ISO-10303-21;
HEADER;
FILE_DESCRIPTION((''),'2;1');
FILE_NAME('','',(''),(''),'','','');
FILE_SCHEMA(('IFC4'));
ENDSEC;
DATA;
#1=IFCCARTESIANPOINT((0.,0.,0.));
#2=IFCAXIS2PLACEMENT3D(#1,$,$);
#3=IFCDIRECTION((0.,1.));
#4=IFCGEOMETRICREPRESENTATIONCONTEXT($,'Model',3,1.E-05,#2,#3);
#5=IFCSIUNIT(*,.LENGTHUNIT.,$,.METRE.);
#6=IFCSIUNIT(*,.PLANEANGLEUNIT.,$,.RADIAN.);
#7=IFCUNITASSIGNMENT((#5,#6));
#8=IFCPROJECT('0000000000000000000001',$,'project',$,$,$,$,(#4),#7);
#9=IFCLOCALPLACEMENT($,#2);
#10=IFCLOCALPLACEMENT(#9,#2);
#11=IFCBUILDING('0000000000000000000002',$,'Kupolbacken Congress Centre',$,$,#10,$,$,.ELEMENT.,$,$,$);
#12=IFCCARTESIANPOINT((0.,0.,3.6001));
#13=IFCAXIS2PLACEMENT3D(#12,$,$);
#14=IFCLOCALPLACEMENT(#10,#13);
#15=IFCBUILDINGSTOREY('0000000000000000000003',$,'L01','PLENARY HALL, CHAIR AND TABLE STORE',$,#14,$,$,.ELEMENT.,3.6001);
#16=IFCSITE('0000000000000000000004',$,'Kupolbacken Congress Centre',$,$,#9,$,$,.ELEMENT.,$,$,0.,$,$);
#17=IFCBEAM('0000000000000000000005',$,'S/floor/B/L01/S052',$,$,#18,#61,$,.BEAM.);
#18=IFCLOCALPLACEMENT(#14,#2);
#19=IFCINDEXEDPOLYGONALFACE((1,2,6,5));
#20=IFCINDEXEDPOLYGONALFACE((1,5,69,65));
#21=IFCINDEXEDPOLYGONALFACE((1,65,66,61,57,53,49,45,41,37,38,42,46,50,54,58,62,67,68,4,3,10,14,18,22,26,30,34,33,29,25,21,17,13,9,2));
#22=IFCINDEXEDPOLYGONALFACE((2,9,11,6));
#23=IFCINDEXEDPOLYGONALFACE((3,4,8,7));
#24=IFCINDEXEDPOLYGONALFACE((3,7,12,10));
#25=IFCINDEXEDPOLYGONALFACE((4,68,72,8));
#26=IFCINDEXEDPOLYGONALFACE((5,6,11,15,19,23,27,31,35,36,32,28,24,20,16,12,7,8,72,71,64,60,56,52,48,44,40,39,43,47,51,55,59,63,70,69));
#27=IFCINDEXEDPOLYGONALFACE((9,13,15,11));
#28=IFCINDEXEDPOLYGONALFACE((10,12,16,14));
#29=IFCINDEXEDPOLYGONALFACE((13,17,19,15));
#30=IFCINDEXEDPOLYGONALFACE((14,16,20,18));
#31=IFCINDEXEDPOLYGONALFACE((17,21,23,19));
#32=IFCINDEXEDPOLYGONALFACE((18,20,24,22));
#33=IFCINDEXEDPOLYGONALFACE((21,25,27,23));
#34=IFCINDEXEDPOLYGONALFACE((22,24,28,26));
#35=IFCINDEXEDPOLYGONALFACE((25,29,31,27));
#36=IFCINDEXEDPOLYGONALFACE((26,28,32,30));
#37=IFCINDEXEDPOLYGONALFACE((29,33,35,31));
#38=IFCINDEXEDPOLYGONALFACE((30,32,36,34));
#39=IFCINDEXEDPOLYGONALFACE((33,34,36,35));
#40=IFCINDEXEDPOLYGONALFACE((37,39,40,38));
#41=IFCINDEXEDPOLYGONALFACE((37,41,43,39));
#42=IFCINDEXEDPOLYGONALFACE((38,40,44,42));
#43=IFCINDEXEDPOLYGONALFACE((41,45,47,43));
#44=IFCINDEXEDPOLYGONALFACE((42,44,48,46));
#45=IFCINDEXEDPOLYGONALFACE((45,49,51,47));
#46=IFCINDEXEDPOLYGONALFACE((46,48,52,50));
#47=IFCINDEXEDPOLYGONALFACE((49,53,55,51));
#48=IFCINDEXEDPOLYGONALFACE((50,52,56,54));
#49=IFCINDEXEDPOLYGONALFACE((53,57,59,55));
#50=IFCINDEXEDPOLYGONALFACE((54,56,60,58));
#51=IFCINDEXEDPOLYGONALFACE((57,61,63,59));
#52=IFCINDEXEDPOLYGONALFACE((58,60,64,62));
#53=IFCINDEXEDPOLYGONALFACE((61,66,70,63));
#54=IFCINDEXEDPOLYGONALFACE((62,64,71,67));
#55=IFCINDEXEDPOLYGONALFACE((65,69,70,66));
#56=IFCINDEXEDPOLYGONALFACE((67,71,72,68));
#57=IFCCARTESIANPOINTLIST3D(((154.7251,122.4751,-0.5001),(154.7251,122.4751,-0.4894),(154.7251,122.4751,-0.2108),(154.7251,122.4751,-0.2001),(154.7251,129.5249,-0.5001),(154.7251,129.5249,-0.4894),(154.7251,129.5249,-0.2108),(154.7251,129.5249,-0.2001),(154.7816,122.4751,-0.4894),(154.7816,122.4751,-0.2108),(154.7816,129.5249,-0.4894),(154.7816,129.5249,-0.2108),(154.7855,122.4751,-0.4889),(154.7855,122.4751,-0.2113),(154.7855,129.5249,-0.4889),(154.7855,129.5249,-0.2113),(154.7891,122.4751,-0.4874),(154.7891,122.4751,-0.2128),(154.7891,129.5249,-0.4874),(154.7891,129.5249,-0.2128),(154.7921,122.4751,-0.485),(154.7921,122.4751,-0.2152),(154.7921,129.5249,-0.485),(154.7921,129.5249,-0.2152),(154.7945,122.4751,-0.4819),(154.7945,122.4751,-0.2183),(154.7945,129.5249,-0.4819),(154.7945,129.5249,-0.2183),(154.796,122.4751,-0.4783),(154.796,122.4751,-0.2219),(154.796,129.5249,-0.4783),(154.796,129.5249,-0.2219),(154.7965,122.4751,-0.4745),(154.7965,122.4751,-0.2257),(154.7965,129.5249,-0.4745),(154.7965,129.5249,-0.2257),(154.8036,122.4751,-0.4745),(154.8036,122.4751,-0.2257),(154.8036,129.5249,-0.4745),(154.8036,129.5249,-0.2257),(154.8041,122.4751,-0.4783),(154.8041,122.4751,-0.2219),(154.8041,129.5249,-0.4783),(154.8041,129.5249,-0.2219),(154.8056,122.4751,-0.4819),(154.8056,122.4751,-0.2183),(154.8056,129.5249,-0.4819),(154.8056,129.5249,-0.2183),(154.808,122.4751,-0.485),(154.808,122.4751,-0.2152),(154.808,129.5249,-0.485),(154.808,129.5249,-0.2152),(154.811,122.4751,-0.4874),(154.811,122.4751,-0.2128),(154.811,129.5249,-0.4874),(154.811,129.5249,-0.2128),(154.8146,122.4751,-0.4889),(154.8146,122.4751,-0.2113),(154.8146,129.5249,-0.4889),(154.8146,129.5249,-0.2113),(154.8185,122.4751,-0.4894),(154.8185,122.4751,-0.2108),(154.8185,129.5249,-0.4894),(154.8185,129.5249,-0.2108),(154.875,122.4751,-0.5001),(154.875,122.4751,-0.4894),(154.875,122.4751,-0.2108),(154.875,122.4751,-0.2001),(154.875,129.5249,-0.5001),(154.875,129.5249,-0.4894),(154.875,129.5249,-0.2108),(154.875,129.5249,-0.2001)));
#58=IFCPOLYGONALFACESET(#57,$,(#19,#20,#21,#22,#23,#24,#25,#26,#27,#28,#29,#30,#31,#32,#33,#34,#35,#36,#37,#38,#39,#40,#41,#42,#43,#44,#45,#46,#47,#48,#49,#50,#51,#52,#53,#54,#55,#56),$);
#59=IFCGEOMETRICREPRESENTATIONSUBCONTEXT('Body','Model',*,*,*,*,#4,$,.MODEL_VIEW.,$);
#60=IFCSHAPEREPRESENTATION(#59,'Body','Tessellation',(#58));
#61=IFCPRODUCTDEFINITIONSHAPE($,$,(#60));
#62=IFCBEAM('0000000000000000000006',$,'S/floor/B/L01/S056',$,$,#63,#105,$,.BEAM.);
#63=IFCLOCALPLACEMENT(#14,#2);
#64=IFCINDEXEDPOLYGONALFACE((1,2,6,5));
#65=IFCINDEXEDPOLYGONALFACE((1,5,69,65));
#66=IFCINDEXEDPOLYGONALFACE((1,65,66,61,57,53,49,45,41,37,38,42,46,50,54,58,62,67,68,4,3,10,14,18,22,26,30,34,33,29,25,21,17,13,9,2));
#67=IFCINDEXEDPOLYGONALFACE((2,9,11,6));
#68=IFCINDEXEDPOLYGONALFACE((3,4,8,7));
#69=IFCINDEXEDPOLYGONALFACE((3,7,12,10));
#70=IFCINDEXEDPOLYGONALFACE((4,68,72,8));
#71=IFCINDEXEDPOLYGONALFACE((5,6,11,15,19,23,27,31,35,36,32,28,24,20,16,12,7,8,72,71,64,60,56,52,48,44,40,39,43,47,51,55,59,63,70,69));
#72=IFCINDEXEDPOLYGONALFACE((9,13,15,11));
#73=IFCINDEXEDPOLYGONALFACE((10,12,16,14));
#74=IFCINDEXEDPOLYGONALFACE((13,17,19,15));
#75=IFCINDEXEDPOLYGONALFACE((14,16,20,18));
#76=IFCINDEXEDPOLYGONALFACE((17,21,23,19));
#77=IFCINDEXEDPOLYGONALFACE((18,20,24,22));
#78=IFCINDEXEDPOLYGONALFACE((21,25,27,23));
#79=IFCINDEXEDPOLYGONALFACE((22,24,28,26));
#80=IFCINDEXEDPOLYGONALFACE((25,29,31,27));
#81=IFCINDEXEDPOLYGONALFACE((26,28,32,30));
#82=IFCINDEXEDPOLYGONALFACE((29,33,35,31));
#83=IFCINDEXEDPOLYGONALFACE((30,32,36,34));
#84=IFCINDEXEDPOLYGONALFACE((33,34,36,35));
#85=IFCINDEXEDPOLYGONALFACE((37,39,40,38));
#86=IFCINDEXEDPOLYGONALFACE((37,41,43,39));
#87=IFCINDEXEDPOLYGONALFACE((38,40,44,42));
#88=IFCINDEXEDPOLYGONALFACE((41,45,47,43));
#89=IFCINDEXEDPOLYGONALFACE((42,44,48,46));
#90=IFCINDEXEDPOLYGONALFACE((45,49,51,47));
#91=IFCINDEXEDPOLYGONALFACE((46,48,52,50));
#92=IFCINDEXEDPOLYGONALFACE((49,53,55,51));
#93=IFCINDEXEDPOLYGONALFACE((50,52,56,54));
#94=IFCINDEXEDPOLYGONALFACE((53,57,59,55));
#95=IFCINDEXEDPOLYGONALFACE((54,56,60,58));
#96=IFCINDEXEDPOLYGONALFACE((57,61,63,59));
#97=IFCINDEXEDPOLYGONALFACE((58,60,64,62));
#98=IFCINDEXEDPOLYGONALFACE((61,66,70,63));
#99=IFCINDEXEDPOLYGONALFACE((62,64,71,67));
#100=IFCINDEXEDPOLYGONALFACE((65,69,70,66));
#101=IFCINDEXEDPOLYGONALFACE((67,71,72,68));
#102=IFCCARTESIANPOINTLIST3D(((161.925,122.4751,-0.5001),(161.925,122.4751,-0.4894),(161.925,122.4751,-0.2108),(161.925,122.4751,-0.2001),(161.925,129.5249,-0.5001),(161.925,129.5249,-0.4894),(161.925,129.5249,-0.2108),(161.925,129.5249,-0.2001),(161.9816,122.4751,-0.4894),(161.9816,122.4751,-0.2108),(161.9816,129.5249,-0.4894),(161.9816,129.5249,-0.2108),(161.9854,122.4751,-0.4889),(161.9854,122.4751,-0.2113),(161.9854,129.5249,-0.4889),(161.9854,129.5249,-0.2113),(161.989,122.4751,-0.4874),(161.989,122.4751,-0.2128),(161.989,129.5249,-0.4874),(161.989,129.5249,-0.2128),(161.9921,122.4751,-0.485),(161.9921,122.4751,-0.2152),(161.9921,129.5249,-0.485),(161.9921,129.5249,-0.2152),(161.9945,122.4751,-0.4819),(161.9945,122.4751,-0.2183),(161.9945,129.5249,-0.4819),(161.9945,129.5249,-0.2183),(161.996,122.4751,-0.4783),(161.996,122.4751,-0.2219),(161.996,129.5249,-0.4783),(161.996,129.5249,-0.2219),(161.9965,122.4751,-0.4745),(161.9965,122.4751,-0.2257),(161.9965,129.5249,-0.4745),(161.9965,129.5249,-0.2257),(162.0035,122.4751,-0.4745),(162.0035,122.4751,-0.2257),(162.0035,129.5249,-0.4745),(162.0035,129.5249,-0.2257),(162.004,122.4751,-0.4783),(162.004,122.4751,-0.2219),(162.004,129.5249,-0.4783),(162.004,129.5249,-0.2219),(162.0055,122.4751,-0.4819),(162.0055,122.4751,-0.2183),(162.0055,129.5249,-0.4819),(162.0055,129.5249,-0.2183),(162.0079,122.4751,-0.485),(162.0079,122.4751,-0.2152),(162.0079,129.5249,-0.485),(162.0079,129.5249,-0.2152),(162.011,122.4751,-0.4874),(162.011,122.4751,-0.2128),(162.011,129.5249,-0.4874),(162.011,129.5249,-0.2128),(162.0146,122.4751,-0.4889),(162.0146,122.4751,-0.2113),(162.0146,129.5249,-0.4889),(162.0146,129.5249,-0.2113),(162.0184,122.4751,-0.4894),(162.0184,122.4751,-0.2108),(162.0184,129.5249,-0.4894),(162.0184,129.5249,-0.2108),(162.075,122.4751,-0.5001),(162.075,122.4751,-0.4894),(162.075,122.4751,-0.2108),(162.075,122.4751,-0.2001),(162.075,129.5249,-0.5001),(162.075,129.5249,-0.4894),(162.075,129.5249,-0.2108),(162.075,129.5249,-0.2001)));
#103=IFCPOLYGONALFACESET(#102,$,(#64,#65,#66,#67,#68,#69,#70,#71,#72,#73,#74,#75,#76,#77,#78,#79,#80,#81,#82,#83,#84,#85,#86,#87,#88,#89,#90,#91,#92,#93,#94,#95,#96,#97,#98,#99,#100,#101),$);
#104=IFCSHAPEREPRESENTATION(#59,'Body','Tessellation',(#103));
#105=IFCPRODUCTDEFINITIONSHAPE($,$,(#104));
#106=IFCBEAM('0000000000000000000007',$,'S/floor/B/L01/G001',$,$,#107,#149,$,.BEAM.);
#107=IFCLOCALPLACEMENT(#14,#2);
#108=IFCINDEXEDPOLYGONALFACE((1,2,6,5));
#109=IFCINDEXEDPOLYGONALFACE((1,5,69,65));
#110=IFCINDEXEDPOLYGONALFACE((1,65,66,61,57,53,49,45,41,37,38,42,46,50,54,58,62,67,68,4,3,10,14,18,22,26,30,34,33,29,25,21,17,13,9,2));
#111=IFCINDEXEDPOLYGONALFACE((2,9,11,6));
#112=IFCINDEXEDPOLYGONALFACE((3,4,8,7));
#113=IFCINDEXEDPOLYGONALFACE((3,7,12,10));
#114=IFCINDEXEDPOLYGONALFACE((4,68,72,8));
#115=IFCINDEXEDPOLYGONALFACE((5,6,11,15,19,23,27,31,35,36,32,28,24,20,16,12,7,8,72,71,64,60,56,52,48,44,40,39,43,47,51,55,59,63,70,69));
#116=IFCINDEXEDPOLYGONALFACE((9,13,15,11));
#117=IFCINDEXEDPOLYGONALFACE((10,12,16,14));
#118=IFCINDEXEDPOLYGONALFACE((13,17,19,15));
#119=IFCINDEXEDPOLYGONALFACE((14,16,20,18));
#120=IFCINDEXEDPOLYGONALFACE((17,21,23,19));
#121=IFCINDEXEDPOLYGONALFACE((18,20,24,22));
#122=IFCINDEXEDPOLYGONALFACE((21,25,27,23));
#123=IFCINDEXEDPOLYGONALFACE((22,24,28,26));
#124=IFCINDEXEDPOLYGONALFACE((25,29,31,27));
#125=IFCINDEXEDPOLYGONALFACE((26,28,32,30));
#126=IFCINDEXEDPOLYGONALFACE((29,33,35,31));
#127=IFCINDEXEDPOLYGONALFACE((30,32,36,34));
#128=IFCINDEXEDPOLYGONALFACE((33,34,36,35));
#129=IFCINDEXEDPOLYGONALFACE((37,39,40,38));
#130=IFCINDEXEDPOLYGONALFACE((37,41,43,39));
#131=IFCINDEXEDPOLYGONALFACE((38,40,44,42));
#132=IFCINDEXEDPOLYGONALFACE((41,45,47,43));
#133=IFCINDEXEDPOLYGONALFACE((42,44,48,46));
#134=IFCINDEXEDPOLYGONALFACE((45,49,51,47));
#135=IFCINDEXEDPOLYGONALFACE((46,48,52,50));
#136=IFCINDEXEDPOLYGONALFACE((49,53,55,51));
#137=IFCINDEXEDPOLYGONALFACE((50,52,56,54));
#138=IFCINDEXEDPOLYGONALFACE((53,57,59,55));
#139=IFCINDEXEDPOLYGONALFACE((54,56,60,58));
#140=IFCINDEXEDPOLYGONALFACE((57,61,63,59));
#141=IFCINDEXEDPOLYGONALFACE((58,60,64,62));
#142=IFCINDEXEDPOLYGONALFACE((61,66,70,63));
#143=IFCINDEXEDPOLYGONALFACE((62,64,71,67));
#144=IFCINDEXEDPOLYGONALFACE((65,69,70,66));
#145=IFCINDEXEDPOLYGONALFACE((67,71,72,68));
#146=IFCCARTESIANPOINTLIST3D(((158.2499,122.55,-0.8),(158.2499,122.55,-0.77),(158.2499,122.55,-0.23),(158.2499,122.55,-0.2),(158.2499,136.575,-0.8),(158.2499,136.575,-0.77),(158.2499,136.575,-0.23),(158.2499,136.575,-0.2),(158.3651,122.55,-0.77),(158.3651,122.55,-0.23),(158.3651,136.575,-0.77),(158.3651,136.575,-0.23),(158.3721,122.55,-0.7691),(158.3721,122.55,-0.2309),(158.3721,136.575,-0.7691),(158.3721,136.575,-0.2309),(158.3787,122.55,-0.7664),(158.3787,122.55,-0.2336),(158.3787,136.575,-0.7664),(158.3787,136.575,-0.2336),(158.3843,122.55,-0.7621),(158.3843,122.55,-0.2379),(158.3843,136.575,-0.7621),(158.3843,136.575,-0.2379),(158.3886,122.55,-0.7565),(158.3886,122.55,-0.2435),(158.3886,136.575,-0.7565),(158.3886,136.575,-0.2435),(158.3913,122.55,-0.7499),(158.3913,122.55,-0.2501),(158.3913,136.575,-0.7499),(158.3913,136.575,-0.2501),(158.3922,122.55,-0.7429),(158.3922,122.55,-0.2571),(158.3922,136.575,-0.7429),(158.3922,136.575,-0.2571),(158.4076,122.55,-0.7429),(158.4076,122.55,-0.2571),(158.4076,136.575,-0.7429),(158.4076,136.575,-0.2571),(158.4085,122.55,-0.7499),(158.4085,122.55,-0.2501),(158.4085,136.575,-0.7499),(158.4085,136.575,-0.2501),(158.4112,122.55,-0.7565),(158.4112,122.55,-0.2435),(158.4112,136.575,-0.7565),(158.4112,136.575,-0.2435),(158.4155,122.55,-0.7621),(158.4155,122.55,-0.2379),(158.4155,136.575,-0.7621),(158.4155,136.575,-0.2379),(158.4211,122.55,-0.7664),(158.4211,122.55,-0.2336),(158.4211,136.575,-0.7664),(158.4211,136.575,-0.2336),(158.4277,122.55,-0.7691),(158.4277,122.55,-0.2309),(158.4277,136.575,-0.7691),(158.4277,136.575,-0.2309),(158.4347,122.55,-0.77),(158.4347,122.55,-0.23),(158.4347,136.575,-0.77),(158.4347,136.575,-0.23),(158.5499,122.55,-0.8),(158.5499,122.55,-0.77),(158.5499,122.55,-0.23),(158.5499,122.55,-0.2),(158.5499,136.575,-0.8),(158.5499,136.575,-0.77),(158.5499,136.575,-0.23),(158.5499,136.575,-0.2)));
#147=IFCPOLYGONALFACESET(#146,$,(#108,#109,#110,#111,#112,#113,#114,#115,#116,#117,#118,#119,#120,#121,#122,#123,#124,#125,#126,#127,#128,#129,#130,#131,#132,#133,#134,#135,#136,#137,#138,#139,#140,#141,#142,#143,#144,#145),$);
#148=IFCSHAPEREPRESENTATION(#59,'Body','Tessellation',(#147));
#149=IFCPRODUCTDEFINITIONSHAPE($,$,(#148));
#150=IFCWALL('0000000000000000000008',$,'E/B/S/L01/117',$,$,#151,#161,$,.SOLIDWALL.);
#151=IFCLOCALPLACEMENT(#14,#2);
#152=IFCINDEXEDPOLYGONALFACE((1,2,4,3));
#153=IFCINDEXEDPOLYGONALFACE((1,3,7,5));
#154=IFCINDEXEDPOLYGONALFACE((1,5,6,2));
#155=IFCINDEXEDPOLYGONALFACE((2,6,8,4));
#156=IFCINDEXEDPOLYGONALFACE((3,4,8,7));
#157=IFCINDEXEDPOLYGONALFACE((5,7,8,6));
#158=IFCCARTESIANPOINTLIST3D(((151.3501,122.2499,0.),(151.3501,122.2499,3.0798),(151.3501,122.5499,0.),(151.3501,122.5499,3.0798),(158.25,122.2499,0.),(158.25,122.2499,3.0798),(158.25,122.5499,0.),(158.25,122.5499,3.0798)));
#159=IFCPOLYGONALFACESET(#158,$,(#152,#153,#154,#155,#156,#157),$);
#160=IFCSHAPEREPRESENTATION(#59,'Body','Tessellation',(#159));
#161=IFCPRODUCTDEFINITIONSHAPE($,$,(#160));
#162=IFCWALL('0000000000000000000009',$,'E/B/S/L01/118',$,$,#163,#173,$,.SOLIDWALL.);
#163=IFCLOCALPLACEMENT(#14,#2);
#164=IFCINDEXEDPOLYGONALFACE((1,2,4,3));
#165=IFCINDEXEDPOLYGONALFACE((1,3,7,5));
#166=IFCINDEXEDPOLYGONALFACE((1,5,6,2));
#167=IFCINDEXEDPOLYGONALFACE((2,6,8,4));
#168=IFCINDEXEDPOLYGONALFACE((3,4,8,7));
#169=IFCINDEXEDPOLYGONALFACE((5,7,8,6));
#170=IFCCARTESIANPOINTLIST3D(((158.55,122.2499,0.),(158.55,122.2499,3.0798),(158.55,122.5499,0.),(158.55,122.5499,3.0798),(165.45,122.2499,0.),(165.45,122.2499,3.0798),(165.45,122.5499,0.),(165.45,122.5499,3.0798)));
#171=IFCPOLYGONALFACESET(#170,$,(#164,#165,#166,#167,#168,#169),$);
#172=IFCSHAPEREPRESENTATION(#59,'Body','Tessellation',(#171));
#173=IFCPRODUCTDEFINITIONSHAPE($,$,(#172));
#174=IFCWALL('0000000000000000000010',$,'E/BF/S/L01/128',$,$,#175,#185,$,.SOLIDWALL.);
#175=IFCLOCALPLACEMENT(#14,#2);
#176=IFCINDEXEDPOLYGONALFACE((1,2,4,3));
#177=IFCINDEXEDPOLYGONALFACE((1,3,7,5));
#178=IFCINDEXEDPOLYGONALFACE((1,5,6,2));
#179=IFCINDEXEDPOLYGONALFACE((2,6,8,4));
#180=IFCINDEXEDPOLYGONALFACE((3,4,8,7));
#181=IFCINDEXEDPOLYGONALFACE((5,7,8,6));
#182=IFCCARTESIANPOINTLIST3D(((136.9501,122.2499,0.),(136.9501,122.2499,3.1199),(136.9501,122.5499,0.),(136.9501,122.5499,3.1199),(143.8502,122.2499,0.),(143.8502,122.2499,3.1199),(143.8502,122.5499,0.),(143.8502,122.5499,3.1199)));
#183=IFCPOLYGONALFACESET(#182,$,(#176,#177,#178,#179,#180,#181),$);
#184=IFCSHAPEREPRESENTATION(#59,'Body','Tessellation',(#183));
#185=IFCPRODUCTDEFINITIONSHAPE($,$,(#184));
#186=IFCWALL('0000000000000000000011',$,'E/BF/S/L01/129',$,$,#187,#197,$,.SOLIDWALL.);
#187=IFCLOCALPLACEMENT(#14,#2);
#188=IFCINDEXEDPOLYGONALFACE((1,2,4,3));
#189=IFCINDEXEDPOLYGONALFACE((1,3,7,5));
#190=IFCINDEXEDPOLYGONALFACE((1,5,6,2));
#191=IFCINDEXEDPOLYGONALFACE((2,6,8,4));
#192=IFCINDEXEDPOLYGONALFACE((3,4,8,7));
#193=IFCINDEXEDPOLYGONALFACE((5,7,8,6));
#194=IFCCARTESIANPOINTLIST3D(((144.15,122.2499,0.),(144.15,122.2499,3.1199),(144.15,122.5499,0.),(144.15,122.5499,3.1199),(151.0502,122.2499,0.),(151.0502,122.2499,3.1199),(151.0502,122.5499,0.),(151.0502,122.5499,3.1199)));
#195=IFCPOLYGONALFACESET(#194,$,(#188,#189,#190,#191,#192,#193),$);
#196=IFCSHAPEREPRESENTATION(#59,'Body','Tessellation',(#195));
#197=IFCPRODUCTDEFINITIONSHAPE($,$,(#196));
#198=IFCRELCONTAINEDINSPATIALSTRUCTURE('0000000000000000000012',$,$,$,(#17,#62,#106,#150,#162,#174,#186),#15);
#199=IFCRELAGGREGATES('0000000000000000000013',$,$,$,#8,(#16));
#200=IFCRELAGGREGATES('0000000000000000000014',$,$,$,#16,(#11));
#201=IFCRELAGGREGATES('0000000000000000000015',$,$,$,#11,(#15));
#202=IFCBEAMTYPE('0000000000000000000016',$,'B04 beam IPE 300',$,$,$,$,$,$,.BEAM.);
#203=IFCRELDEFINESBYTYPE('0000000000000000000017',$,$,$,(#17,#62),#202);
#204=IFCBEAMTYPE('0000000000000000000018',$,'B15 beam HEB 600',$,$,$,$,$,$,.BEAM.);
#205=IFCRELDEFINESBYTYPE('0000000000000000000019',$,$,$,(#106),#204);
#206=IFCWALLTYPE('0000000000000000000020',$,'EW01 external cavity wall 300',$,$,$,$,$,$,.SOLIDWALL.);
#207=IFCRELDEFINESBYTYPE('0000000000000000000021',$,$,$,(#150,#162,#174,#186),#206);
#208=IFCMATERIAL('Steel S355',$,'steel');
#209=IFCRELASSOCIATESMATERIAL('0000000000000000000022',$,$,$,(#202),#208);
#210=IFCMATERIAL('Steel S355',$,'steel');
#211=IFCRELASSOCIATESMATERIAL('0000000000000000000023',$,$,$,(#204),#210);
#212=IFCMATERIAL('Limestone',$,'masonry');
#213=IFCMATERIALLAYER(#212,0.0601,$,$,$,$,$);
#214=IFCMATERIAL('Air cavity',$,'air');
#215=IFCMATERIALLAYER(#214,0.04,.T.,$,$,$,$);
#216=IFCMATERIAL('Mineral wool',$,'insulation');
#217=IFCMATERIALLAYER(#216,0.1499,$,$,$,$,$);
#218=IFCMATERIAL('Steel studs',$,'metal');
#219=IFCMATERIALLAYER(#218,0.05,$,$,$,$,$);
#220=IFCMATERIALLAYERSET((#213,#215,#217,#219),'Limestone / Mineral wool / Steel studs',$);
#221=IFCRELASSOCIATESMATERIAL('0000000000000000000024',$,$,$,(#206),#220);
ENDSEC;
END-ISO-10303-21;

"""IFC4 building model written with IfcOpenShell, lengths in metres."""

from ifc_helpers import new_model, si_unit, direction, frame, frame_2d, origin, origin_2d, place, context, subcontext, project, spatial, rectangle, i_section, extrude, material, layer, layer_set, material_profile, profile_set, type_object, element, save


model = new_model("IFC4")

# Units and contexts
model_context = context("Model", 3, precision=1e-05, world=origin(), true_north=direction((0.0, 1.0)))
body_context = subcontext(model_context, "Body", "Model", "MODEL_VIEW")
ifc_project = project(units=[si_unit("LENGTHUNIT", "METRE"), si_unit("PLANEANGLEUNIT", "RADIAN")], contexts=[model_context])

# Site, building, storey
site_placement = place(None, origin())
site = spatial("IfcSite", under=ifc_project, at=site_placement, Name="Kupolbacken Congress Centre", CompositionType="ELEMENT", RefElevation=0.0)
building_placement = place(site_placement, origin())
building = spatial("IfcBuilding", under=site, at=building_placement, Name="Kupolbacken Congress Centre", CompositionType="ELEMENT")
storey_placement = place(building_placement, frame((0.0, 0.0, 3.6001)))
storey = spatial("IfcBuildingStorey", under=building, at=storey_placement, Name="L01", Description="PLENARY HALL, CHAIR AND TABLE STORE", CompositionType="ELEMENT", Elevation=3.6001)

# Beams
ifc_material_1 = material(Name="Steel S355", Category="steel")
ifc_material_profile_1 = material_profile(ifc_material_1, i_section(OverallWidth=0.1499, OverallDepth=0.3, WebThickness=0.0071, FlangeThickness=0.0107, FilletRadius=0.0149, at=origin_2d()), Name="IPE 300")
ifc_profile_set_1 = profile_set([ifc_material_profile_1], Name="Steel S355")
beam_type_1 = type_object("IfcBeamType", Name="B04 beam IPE 300", PredefinedType="BEAM", material=ifc_profile_set_1)
for number, where, z_axis, x_axis, name in (
    (1, (154.8, 122.4751, -0.3501), (0.0, 1.0, 0.0), (-1.0, 0.0, 0.0), "S/floor/B/L01/S052"),
    (2, (162.0, 122.4751, -0.3501), (0.0, 1.0, 0.0), (-1.0, 0.0, 0.0), "S/floor/B/L01/S056"),
):
    element("IfcBeam", number, at=place(storey_placement, frame(where, z_axis=z_axis, x_axis=x_axis)), inside=storey, type_object=beam_type_1, Name=name, PredefinedType="BEAM", context=body_context, shape_type="SweptSolid", body=[
        extrude(i_section(OverallWidth=0.1499, OverallDepth=0.3, WebThickness=0.0071, FlangeThickness=0.0107, FilletRadius=0.0149, at=origin_2d()), origin(), (0.0, 0.0, 1.0), 7.0498),
    ])
ifc_material_2 = material(Name="Steel S355", Category="steel")
ifc_material_profile_2 = material_profile(ifc_material_2, i_section(OverallWidth=0.3, OverallDepth=0.6001, WebThickness=0.0154, FlangeThickness=0.03, FilletRadius=0.0271, at=origin_2d()), Name="HEB 600")
ifc_profile_set_2 = profile_set([ifc_material_profile_2], Name="Steel S355")
beam_type_2 = type_object("IfcBeamType", Name="B15 beam HEB 600", PredefinedType="BEAM", material=ifc_profile_set_2)
beam_1_placement = place(storey_placement, frame((158.3999, 122.55, -0.5), z_axis=(0.0, 1.0, 0.0), x_axis=(-1.0, 0.0, 0.0)))
element("IfcBeam", 3, at=beam_1_placement, inside=storey, type_object=beam_type_2, Name="S/floor/B/L01/G001", PredefinedType="BEAM", context=body_context, shape_type="SweptSolid", body=[
    extrude(i_section(OverallWidth=0.3, OverallDepth=0.6001, WebThickness=0.0154, FlangeThickness=0.03, FilletRadius=0.0271, at=origin_2d()), origin(), (0.0, 0.0, 1.0), 14.0249),
])

# Walls
ifc_material_3 = material(Name="Limestone", Category="masonry")
ifc_layer_1 = layer(ifc_material_3, 0.0601)
ifc_material_4 = material(Name="Air cavity", Category="air")
ifc_layer_2 = layer(ifc_material_4, 0.04, ventilated=True)
ifc_material_5 = material(Name="Mineral wool", Category="insulation")
ifc_layer_3 = layer(ifc_material_5, 0.1499)
ifc_material_6 = material(Name="Steel studs", Category="metal")
ifc_layer_4 = layer(ifc_material_6, 0.05)
ifc_layer_set_1 = layer_set([ifc_layer_1, ifc_layer_2, ifc_layer_3, ifc_layer_4], Name="Limestone / Mineral wool / Steel studs")
wall_type_1 = type_object("IfcWallType", Name="EW01 external cavity wall 300", PredefinedType="SOLIDWALL", material=ifc_layer_set_1)
for number, where, z_axis, x_axis, name in (
    (4, (151.3501, 122.3999, 0.0), (0.0, 0.0, 1.0), (1.0, 0.0, 0.0), "E/B/S/L01/117"),
    (5, (158.55, 122.3999, 0.0), (0.0, 0.0, 1.0), (1.0, 0.0, 0.0), "E/B/S/L01/118"),
):
    element("IfcWall", number, at=place(storey_placement, frame(where, z_axis=z_axis, x_axis=x_axis)), inside=storey, type_object=wall_type_1, Name=name, PredefinedType="SOLIDWALL", context=body_context, shape_type="SweptSolid", body=[
        extrude(rectangle(XDim=6.8999, YDim=0.3, at=frame_2d((3.45, 0.0))), origin(), (0.0, 0.0, 1.0), 3.0798),
    ])
for number, where, z_axis, x_axis, name in (
    (6, (136.95, 122.3999, 0.0), (0.0, 0.0, 1.0), (1.0, 0.0, 0.0), "E/BF/S/L01/128"),
    (7, (144.1499, 122.3999, 0.0), (0.0, 0.0, 1.0), (1.0, 0.0, 0.0), "E/BF/S/L01/129"),
):
    element("IfcWall", number, at=place(storey_placement, frame(where, z_axis=z_axis, x_axis=x_axis)), inside=storey, type_object=wall_type_1, Name=name, PredefinedType="SOLIDWALL", context=body_context, shape_type="SweptSolid", body=[
        extrude(rectangle(XDim=6.9001, YDim=0.3, at=frame_2d((3.4502, 0.0))), origin(), (0.0, 0.0, 1.0), 3.1199),
    ])

save(model, "model.ifc")
